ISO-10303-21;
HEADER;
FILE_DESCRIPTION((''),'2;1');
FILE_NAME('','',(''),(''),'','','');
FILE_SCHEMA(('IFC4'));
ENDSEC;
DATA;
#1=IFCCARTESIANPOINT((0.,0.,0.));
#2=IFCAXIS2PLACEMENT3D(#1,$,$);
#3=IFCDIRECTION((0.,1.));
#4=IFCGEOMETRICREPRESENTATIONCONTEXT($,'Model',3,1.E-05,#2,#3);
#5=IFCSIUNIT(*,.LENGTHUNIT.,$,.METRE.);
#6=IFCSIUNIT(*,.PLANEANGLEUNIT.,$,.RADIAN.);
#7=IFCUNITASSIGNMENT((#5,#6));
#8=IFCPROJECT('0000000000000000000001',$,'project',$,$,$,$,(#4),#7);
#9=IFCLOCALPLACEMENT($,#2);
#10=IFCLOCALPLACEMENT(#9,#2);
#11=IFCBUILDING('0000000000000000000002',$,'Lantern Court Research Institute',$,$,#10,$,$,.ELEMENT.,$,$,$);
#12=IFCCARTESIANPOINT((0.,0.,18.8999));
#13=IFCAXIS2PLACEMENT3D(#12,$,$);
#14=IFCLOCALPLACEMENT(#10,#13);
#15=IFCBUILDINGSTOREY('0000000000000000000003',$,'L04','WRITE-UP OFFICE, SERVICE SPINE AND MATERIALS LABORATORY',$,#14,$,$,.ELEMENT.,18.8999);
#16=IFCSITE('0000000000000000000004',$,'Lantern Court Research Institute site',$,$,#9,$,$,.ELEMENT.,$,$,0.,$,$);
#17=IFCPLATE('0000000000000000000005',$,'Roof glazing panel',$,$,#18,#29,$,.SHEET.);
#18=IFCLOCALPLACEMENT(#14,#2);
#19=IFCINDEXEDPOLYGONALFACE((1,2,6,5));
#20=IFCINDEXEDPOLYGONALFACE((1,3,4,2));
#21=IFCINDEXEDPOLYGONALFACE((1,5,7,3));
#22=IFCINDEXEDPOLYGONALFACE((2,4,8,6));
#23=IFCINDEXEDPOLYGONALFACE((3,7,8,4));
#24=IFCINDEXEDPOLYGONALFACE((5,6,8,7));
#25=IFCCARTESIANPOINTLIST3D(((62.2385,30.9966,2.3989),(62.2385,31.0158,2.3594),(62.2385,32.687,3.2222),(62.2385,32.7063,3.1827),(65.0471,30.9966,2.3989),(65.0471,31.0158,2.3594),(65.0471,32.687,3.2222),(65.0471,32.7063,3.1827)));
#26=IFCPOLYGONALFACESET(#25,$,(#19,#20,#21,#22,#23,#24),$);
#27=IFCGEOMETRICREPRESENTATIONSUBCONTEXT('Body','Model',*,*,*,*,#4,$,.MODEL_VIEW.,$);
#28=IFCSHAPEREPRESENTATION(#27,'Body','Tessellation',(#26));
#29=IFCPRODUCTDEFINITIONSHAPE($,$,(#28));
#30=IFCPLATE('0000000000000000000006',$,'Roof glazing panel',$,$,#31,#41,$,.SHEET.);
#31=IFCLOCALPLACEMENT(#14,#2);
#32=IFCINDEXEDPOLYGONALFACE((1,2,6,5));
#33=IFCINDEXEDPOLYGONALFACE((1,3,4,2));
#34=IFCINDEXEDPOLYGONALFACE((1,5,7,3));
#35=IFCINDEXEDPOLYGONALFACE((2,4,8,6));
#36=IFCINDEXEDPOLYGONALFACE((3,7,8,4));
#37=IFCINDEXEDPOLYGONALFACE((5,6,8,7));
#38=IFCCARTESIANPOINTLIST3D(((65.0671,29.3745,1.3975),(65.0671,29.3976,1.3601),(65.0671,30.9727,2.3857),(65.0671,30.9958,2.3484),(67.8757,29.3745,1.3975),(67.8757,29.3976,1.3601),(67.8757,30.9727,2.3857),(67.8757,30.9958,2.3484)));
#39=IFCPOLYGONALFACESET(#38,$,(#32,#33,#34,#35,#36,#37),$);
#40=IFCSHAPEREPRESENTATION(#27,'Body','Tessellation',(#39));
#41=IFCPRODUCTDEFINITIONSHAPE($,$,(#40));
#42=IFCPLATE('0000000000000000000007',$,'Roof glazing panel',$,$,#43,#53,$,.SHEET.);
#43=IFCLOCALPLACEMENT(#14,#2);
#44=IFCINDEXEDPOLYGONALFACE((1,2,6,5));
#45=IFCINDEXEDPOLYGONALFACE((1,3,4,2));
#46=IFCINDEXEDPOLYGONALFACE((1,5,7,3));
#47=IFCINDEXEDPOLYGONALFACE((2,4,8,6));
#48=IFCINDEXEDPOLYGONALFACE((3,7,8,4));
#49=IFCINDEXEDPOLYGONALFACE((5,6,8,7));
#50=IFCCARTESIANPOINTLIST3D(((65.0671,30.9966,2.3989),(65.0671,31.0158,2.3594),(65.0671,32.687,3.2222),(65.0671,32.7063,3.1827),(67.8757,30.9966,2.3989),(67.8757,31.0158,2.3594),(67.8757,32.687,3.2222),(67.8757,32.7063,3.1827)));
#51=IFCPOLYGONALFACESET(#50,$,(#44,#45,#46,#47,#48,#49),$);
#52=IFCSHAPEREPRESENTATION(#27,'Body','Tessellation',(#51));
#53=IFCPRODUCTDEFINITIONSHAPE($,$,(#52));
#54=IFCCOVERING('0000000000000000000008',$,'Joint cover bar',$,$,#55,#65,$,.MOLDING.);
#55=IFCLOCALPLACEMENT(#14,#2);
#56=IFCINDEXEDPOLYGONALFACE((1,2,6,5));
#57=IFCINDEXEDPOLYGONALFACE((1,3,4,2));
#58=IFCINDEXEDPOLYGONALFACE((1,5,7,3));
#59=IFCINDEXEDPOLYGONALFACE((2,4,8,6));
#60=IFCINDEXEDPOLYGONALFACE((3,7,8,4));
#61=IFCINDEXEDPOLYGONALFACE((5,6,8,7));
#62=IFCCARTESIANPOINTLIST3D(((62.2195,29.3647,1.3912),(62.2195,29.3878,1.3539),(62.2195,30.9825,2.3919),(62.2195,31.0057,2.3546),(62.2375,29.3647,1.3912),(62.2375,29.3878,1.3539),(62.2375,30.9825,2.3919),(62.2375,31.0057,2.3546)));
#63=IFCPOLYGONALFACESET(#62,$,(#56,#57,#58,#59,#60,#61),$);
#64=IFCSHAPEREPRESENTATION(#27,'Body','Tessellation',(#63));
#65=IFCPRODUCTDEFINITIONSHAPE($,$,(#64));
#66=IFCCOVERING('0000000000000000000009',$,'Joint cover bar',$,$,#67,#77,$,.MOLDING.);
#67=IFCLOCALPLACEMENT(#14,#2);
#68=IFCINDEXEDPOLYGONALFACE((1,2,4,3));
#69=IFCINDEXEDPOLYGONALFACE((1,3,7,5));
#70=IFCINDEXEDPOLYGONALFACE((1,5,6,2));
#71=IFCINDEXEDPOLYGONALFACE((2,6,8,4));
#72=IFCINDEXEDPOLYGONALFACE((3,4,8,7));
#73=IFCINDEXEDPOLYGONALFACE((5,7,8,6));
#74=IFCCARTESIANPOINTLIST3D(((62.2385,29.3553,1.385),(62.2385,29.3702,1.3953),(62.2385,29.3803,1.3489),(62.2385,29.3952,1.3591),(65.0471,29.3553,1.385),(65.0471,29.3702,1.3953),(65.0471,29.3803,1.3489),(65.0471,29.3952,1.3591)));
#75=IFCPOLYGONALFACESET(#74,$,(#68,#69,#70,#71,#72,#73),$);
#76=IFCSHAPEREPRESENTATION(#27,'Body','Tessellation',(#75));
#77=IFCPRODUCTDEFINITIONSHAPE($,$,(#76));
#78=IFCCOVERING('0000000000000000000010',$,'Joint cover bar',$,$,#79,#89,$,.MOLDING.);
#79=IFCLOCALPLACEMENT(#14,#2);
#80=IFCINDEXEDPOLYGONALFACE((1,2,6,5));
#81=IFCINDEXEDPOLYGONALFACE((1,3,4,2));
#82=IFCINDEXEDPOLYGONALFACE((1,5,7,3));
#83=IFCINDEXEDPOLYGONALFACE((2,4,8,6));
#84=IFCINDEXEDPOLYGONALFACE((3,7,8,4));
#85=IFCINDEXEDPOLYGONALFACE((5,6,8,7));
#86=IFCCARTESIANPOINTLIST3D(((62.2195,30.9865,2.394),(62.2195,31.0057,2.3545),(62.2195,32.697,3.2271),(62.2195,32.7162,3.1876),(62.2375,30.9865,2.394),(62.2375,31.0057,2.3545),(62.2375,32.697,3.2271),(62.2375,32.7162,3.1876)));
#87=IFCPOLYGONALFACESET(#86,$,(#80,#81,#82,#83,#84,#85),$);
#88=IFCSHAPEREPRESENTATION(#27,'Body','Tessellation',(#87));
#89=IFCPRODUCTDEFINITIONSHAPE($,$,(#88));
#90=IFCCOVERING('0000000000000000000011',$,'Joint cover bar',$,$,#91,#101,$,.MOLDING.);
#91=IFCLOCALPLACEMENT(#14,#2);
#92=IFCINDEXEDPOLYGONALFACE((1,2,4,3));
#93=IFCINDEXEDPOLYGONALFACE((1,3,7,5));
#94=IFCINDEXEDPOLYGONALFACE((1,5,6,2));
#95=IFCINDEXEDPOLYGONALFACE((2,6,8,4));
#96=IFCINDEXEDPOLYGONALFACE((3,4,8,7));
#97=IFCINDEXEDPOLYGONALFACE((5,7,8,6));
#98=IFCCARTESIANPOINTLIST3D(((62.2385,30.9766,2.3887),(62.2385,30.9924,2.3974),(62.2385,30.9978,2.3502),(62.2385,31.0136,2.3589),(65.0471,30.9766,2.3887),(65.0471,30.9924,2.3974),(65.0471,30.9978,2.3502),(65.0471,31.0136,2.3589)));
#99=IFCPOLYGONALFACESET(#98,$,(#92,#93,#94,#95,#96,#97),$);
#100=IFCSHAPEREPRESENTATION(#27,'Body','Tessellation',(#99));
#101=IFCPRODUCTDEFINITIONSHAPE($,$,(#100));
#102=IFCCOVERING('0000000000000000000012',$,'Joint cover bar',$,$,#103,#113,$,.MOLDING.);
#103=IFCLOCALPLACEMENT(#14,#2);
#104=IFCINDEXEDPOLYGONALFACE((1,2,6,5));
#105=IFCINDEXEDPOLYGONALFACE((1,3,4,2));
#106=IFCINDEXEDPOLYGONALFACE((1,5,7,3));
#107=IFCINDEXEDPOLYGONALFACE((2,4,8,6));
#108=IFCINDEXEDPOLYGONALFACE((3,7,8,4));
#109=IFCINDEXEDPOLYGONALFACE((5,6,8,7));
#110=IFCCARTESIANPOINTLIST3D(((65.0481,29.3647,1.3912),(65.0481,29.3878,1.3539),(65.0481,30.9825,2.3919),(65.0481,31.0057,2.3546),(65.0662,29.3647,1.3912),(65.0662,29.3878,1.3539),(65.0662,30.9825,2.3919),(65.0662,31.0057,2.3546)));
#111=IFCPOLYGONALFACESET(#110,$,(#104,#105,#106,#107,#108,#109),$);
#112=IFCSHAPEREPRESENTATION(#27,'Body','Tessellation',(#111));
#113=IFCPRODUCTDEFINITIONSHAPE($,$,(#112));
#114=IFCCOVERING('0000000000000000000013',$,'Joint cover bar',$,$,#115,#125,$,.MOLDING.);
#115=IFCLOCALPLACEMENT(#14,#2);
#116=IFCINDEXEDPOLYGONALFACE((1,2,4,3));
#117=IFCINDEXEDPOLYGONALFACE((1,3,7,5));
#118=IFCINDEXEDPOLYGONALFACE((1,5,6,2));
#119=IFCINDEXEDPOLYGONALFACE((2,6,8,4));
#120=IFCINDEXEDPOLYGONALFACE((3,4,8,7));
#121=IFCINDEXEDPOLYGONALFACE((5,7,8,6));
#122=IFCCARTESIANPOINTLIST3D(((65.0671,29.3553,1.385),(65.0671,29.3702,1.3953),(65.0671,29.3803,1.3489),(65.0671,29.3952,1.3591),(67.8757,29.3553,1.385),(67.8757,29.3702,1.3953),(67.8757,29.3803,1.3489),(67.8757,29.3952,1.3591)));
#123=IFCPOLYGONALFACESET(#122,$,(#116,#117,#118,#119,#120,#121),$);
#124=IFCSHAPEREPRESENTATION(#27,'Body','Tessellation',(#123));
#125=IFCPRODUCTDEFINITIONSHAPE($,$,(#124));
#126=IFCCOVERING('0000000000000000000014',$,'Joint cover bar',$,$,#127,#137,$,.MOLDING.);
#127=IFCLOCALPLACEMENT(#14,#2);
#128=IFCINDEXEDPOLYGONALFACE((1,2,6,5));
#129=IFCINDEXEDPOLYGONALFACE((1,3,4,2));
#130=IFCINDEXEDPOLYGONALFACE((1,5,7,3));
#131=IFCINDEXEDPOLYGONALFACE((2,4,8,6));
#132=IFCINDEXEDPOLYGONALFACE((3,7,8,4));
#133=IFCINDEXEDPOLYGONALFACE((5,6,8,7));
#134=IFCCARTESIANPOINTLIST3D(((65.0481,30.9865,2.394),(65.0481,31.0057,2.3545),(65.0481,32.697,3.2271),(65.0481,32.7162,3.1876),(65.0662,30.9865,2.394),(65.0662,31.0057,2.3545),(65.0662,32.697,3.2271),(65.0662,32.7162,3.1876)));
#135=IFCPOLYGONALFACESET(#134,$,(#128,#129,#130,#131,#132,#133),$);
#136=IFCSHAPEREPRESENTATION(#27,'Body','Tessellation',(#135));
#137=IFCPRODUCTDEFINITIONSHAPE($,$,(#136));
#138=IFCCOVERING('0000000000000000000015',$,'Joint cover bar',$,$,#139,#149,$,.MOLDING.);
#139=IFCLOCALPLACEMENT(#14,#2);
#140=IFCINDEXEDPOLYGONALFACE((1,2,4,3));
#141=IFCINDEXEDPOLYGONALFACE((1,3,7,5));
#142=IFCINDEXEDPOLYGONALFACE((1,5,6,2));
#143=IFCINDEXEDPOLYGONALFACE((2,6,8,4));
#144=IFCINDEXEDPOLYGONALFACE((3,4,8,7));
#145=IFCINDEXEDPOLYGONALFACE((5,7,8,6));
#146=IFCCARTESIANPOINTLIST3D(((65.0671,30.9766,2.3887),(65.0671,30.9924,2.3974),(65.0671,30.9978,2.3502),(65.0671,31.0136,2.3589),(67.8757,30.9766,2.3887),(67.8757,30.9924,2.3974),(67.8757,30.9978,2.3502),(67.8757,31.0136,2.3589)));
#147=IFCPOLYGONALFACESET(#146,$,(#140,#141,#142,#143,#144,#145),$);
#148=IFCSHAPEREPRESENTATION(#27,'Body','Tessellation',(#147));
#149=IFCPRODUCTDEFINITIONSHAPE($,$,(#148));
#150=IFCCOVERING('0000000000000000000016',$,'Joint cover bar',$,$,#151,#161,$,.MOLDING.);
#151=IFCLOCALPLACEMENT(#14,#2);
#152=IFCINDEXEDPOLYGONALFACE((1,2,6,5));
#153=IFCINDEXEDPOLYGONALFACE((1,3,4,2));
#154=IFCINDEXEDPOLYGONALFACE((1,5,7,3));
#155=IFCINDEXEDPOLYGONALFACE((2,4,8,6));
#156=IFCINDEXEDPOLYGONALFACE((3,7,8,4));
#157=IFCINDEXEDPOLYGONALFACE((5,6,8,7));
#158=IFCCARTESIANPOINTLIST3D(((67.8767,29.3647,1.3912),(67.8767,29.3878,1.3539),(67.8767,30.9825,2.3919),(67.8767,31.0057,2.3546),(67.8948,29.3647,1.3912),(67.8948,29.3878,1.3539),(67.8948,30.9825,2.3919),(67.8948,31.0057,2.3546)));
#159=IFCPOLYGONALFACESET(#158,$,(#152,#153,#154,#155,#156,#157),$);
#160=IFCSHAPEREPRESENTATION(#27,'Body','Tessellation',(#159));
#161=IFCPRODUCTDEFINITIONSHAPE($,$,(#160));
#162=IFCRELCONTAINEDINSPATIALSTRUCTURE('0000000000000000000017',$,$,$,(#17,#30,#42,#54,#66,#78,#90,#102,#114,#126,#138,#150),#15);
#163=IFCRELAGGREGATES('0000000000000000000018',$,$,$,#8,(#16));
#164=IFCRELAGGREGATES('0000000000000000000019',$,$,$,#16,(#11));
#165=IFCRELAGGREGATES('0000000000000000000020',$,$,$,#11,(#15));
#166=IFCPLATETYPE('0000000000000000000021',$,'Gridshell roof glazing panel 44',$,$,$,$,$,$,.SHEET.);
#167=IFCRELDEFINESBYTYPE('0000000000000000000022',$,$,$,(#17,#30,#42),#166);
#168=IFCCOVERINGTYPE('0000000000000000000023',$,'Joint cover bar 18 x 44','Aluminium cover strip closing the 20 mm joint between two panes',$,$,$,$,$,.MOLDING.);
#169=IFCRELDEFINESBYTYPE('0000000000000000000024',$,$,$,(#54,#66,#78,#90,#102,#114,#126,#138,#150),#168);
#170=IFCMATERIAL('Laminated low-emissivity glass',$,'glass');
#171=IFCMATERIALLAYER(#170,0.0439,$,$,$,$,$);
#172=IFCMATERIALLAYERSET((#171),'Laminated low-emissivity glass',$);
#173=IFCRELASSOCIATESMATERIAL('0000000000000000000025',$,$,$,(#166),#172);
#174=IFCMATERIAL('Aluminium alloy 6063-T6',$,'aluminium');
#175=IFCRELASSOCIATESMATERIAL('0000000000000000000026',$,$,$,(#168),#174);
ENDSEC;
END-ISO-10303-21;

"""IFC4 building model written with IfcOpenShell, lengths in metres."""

from ifc_helpers import new_model, si_unit, direction, frame, origin, origin_2d, place, context, subcontext, project, spatial, polyline, rectangle, outline, extrude, material, layer, layer_set, material_profile, profile_set, type_object, element, save


model = new_model("IFC4")

# Units and contexts
model_context = context("Model", 3, precision=1e-05, world=origin(), true_north=direction((0.0, 1.0)))
body_context = subcontext(model_context, "Body", "Model", "MODEL_VIEW")
ifc_project = project(units=[si_unit("LENGTHUNIT", "METRE"), si_unit("PLANEANGLEUNIT", "RADIAN")], contexts=[model_context])

# Site, building, storey
site_placement = place(None, origin())
site = spatial("IfcSite", under=ifc_project, at=site_placement, Name="Lantern Court Research Institute site", CompositionType="ELEMENT", RefElevation=0.0)
building_placement = place(site_placement, origin())
building = spatial("IfcBuilding", under=site, at=building_placement, Name="Lantern Court Research Institute", CompositionType="ELEMENT")
storey_placement = place(building_placement, frame((0.0, 0.0, 18.8999)))
storey = spatial("IfcBuildingStorey", under=building, at=storey_placement, Name="L04", Description="WRITE-UP OFFICE, SERVICE SPINE AND MATERIALS LABORATORY", CompositionType="ELEMENT", Elevation=18.8999)

# Plates
ifc_material_1 = material(Name="Laminated low-emissivity glass", Category="glass")
ifc_layer = layer(ifc_material_1, 0.0439)
ifc_layer_set = layer_set([ifc_layer], Name="Laminated low-emissivity glass")
plate_type = type_object("IfcPlateType", Name="Gridshell roof glazing panel 44", PredefinedType="SHEET", material=ifc_layer_set)
plate_1_placement = place(storey_placement, frame((65.0471, 30.9966, 2.3989), z_axis=(0.0, -0.43784, 0.899053), x_axis=(-1.0, 0.0, 0.0)))
element("IfcPlate", 1, at=plate_1_placement, inside=storey, type_object=plate_type, Name="Roof glazing panel", PredefinedType="SHEET", context=body_context, shape_type="SweptSolid", body=[
    extrude(outline(polyline([(0.0, 0.0), (2.8086, 0.0), (2.8086, -1.8802), (0.0, -1.8802), (0.0, 0.0)])), origin(), (0.0, 0.0, -1.0), 0.0439),
])
plate_2_placement = place(storey_placement, frame((67.8757, 29.3745, 1.3975), z_axis=(0.0, -0.525952, 0.850514), x_axis=(-1.0, 0.0, 0.0)))
element("IfcPlate", 2, at=plate_2_placement, inside=storey, type_object=plate_type, Name="Roof glazing panel", PredefinedType="SHEET", context=body_context, shape_type="SweptSolid", body=[
    extrude(outline(polyline([(0.0, 0.0), (2.8086, 0.0), (2.8086, -1.879), (0.0, -1.879), (0.0, 0.0)])), origin(), (0.0, 0.0, -1.0), 0.0439),
])
plate_3_placement = place(storey_placement, frame((67.8757, 30.9966, 2.3989), z_axis=(0.0, -0.43784, 0.899053), x_axis=(-1.0, 0.0, 0.0)))
element("IfcPlate", 3, at=plate_3_placement, inside=storey, type_object=plate_type, Name="Roof glazing panel", PredefinedType="SHEET", context=body_context, shape_type="SweptSolid", body=[
    extrude(outline(polyline([(0.0, 0.0), (2.8086, 0.0), (2.8086, -1.8802), (0.0, -1.8802), (0.0, 0.0)])), origin(), (0.0, 0.0, -1.0), 0.0439),
])

# Coverings
ifc_material_2 = material(Name="Aluminium alloy 6063-T6", Category="aluminium")
ifc_material_profile_1 = material_profile(ifc_material_2, rectangle(XDim=0.0181, YDim=0.0439, at=origin_2d()), Name="Joint cover bar 18 x 44")
ifc_profile_set_1 = profile_set([ifc_material_profile_1], Name="Aluminium alloy 6063-T6")
covering_type = type_object("IfcCoveringType", Name="Joint cover bar 18 x 44", Description="Aluminium cover strip closing the 20 mm joint between two panes", PredefinedType="MOLDING", material=ifc_profile_set_1)
covering_1_placement = place(storey_placement, frame((62.2285, 29.3762, 1.3726), z_axis=(0.0, 0.850462, 0.526036), x_axis=(-1.0, 0.0, 0.0)))
element("IfcCovering", 4, at=covering_1_placement, inside=storey, type_object=covering_type, Name="Joint cover bar", PredefinedType="MOLDING", context=body_context, shape_type="SweptSolid", body=[
    extrude(rectangle(XDim=0.0181, YDim=0.0439, at=origin_2d()), origin(), (0.0, 0.0, 1.0), 1.9023),
])
covering_2_placement = place(storey_placement, frame((62.2385, 29.3752, 1.3721), z_axis=(1.0, 0.0, 0.0), x_axis=(0.0, 0.822954, 0.568108)))
element("IfcCovering", 5, at=covering_2_placement, inside=storey, type_object=covering_type, Name="Joint cover bar", PredefinedType="MOLDING", context=body_context, shape_type="SweptSolid", body=[
    extrude(rectangle(XDim=0.0181, YDim=0.0439, at=origin_2d()), origin(), (0.0, 0.0, 1.0), 2.8086),
])
covering_3_placement = place(storey_placement, frame((62.2285, 30.9961, 2.3743), z_axis=(0.0, 0.899049, 0.437847), x_axis=(-1.0, 0.0, 0.0)))
element("IfcCovering", 6, at=covering_3_placement, inside=storey, type_object=covering_type, Name="Joint cover bar", PredefinedType="MOLDING", context=body_context, shape_type="SweptSolid", body=[
    extrude(rectangle(XDim=0.0181, YDim=0.0439, at=origin_2d()), origin(), (0.0, 0.0, 1.0), 1.9026),
])
covering_4_placement = place(storey_placement, frame((62.2385, 30.9951, 2.3738), z_axis=(1.0, 0.0, 0.0), x_axis=(0.0, 0.875897, 0.482497)))
element("IfcCovering", 7, at=covering_4_placement, inside=storey, type_object=covering_type, Name="Joint cover bar", PredefinedType="MOLDING", context=body_context, shape_type="SweptSolid", body=[
    extrude(rectangle(XDim=0.0181, YDim=0.0439, at=origin_2d()), origin(), (0.0, 0.0, 1.0), 2.8086),
])
covering_5_placement = place(storey_placement, frame((65.0571, 29.3762, 1.3726), z_axis=(0.0, 0.850462, 0.526036), x_axis=(-1.0, 0.0, 0.0)))
element("IfcCovering", 8, at=covering_5_placement, inside=storey, type_object=covering_type, Name="Joint cover bar", PredefinedType="MOLDING", context=body_context, shape_type="SweptSolid", body=[
    extrude(rectangle(XDim=0.0181, YDim=0.0439, at=origin_2d()), origin(), (0.0, 0.0, 1.0), 1.9023),
])
covering_6_placement = place(storey_placement, frame((65.0671, 29.3752, 1.3721), z_axis=(1.0, 0.0, 0.0), x_axis=(0.0, 0.822954, 0.568108)))
element("IfcCovering", 9, at=covering_6_placement, inside=storey, type_object=covering_type, Name="Joint cover bar", PredefinedType="MOLDING", context=body_context, shape_type="SweptSolid", body=[
    extrude(rectangle(XDim=0.0181, YDim=0.0439, at=origin_2d()), origin(), (0.0, 0.0, 1.0), 2.8086),
])
covering_7_placement = place(storey_placement, frame((65.0571, 30.9961, 2.3743), z_axis=(0.0, 0.899049, 0.437847), x_axis=(-1.0, 0.0, 0.0)))
element("IfcCovering", 10, at=covering_7_placement, inside=storey, type_object=covering_type, Name="Joint cover bar", PredefinedType="MOLDING", context=body_context, shape_type="SweptSolid", body=[
    extrude(rectangle(XDim=0.0181, YDim=0.0439, at=origin_2d()), origin(), (0.0, 0.0, 1.0), 1.9026),
])
covering_8_placement = place(storey_placement, frame((65.0671, 30.9951, 2.3738), z_axis=(1.0, 0.0, 0.0), x_axis=(0.0, 0.875897, 0.482497)))
element("IfcCovering", 11, at=covering_8_placement, inside=storey, type_object=covering_type, Name="Joint cover bar", PredefinedType="MOLDING", context=body_context, shape_type="SweptSolid", body=[
    extrude(rectangle(XDim=0.0181, YDim=0.0439, at=origin_2d()), origin(), (0.0, 0.0, 1.0), 2.8086),
])
covering_9_placement = place(storey_placement, frame((67.8857, 29.3762, 1.3726), z_axis=(0.0, 0.850462, 0.526036), x_axis=(-1.0, 0.0, 0.0)))
element("IfcCovering", 12, at=covering_9_placement, inside=storey, type_object=covering_type, Name="Joint cover bar", PredefinedType="MOLDING", context=body_context, shape_type="SweptSolid", body=[
    extrude(rectangle(XDim=0.0181, YDim=0.0439, at=origin_2d()), origin(), (0.0, 0.0, 1.0), 1.9023),
])

save(model, "model.ifc")
